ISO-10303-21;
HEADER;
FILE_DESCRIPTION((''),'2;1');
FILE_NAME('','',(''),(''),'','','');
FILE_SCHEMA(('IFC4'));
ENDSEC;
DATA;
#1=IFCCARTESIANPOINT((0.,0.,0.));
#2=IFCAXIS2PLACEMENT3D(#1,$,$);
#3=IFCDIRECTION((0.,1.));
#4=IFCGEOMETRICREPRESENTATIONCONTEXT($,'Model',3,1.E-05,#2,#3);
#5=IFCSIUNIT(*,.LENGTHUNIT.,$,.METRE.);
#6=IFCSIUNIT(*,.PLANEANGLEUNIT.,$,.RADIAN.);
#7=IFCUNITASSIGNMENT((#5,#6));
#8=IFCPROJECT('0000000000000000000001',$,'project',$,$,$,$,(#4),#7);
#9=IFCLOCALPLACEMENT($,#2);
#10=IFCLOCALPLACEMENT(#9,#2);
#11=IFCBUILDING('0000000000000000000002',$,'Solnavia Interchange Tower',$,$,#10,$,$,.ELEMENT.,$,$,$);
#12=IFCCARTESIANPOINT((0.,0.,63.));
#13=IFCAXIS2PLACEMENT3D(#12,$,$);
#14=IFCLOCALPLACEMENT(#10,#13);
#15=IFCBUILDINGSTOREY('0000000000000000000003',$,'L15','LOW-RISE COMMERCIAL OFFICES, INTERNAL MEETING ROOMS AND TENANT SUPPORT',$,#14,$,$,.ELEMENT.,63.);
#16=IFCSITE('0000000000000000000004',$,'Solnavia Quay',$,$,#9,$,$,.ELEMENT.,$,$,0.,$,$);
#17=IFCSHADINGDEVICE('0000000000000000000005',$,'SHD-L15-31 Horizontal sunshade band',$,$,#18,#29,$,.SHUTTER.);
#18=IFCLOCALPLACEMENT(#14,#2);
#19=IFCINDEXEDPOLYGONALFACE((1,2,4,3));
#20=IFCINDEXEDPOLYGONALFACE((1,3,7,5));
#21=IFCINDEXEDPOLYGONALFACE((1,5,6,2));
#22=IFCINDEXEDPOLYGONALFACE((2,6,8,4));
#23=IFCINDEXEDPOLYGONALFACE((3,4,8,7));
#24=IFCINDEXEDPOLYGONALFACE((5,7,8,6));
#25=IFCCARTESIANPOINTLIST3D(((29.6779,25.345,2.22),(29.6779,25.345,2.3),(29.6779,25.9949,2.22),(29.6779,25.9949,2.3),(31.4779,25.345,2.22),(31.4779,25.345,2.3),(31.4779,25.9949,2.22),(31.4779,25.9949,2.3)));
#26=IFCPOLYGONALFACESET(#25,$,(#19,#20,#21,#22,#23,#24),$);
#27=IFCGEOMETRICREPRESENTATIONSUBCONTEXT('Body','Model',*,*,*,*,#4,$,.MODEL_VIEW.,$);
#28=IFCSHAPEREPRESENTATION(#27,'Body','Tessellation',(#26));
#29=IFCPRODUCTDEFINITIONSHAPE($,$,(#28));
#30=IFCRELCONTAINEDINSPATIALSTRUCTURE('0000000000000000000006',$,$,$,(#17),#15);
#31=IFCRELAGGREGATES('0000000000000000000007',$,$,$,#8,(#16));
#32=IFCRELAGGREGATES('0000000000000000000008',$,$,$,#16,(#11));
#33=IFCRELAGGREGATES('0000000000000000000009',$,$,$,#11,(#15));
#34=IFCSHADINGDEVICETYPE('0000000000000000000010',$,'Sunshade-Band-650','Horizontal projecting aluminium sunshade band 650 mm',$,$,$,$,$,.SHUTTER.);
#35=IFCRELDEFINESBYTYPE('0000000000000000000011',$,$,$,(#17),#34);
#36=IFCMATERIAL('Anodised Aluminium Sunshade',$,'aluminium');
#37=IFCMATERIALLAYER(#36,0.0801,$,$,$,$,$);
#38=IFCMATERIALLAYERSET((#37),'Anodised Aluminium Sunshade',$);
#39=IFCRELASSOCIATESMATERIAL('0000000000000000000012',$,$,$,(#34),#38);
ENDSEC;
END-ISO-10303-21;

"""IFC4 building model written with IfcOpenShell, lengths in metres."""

from ifc_helpers import new_model, si_unit, direction, frame, origin, origin_2d, place, context, subcontext, project, spatial, rectangle, extrude, material, layer, layer_set, type_object, element, save


model = new_model("IFC4")

# Units and contexts
model_context = context("Model", 3, precision=1e-05, world=origin(), true_north=direction((0.0, 1.0)))
body_context = subcontext(model_context, "Body", "Model", "MODEL_VIEW")
ifc_project = project(units=[si_unit("LENGTHUNIT", "METRE"), si_unit("PLANEANGLEUNIT", "RADIAN")], contexts=[model_context])

# Site, building, storey
site_placement = place(None, origin())
site = spatial("IfcSite", under=ifc_project, at=site_placement, Name="Solnavia Quay", CompositionType="ELEMENT", RefElevation=0.0)
building_placement = place(site_placement, origin())
building = spatial("IfcBuilding", under=site, at=building_placement, Name="Solnavia Interchange Tower", CompositionType="ELEMENT")
storey_placement = place(building_placement, frame((0.0, 0.0, 63.0)))
storey = spatial("IfcBuildingStorey", under=building, at=storey_placement, Name="L15", Description="LOW-RISE COMMERCIAL OFFICES, INTERNAL MEETING ROOMS AND TENANT SUPPORT", CompositionType="ELEMENT", Elevation=63.0)

# Shading device
ifc_material_1 = material(Name="Anodised Aluminium Sunshade", Category="aluminium")
ifc_layer_1 = layer(ifc_material_1, 0.0801)
ifc_layer_set_1 = layer_set([ifc_layer_1], Name="Anodised Aluminium Sunshade")
shading_device_type = type_object("IfcShadingDeviceType", Name="Sunshade-Band-650", Description="Horizontal projecting aluminium sunshade band 650 mm", PredefinedType="SHUTTER", material=ifc_layer_set_1)
shading_device_placement = place(storey_placement, frame((30.5779, 25.6699, 2.22), z_axis=(0.0, 0.0, 1.0), x_axis=(1.0, 0.0, 0.0)))
element("IfcShadingDevice", 1, at=shading_device_placement, inside=storey, type_object=shading_device_type, Name="SHD-L15-31 Horizontal sunshade band", PredefinedType="SHUTTER", context=body_context, shape_type="SweptSolid", body=[
    extrude(rectangle(XDim=1.8, YDim=0.6499, at=origin_2d()), origin(), (0.0, 0.0, 1.0), 0.0801),
])

save(model, "model.ifc")
